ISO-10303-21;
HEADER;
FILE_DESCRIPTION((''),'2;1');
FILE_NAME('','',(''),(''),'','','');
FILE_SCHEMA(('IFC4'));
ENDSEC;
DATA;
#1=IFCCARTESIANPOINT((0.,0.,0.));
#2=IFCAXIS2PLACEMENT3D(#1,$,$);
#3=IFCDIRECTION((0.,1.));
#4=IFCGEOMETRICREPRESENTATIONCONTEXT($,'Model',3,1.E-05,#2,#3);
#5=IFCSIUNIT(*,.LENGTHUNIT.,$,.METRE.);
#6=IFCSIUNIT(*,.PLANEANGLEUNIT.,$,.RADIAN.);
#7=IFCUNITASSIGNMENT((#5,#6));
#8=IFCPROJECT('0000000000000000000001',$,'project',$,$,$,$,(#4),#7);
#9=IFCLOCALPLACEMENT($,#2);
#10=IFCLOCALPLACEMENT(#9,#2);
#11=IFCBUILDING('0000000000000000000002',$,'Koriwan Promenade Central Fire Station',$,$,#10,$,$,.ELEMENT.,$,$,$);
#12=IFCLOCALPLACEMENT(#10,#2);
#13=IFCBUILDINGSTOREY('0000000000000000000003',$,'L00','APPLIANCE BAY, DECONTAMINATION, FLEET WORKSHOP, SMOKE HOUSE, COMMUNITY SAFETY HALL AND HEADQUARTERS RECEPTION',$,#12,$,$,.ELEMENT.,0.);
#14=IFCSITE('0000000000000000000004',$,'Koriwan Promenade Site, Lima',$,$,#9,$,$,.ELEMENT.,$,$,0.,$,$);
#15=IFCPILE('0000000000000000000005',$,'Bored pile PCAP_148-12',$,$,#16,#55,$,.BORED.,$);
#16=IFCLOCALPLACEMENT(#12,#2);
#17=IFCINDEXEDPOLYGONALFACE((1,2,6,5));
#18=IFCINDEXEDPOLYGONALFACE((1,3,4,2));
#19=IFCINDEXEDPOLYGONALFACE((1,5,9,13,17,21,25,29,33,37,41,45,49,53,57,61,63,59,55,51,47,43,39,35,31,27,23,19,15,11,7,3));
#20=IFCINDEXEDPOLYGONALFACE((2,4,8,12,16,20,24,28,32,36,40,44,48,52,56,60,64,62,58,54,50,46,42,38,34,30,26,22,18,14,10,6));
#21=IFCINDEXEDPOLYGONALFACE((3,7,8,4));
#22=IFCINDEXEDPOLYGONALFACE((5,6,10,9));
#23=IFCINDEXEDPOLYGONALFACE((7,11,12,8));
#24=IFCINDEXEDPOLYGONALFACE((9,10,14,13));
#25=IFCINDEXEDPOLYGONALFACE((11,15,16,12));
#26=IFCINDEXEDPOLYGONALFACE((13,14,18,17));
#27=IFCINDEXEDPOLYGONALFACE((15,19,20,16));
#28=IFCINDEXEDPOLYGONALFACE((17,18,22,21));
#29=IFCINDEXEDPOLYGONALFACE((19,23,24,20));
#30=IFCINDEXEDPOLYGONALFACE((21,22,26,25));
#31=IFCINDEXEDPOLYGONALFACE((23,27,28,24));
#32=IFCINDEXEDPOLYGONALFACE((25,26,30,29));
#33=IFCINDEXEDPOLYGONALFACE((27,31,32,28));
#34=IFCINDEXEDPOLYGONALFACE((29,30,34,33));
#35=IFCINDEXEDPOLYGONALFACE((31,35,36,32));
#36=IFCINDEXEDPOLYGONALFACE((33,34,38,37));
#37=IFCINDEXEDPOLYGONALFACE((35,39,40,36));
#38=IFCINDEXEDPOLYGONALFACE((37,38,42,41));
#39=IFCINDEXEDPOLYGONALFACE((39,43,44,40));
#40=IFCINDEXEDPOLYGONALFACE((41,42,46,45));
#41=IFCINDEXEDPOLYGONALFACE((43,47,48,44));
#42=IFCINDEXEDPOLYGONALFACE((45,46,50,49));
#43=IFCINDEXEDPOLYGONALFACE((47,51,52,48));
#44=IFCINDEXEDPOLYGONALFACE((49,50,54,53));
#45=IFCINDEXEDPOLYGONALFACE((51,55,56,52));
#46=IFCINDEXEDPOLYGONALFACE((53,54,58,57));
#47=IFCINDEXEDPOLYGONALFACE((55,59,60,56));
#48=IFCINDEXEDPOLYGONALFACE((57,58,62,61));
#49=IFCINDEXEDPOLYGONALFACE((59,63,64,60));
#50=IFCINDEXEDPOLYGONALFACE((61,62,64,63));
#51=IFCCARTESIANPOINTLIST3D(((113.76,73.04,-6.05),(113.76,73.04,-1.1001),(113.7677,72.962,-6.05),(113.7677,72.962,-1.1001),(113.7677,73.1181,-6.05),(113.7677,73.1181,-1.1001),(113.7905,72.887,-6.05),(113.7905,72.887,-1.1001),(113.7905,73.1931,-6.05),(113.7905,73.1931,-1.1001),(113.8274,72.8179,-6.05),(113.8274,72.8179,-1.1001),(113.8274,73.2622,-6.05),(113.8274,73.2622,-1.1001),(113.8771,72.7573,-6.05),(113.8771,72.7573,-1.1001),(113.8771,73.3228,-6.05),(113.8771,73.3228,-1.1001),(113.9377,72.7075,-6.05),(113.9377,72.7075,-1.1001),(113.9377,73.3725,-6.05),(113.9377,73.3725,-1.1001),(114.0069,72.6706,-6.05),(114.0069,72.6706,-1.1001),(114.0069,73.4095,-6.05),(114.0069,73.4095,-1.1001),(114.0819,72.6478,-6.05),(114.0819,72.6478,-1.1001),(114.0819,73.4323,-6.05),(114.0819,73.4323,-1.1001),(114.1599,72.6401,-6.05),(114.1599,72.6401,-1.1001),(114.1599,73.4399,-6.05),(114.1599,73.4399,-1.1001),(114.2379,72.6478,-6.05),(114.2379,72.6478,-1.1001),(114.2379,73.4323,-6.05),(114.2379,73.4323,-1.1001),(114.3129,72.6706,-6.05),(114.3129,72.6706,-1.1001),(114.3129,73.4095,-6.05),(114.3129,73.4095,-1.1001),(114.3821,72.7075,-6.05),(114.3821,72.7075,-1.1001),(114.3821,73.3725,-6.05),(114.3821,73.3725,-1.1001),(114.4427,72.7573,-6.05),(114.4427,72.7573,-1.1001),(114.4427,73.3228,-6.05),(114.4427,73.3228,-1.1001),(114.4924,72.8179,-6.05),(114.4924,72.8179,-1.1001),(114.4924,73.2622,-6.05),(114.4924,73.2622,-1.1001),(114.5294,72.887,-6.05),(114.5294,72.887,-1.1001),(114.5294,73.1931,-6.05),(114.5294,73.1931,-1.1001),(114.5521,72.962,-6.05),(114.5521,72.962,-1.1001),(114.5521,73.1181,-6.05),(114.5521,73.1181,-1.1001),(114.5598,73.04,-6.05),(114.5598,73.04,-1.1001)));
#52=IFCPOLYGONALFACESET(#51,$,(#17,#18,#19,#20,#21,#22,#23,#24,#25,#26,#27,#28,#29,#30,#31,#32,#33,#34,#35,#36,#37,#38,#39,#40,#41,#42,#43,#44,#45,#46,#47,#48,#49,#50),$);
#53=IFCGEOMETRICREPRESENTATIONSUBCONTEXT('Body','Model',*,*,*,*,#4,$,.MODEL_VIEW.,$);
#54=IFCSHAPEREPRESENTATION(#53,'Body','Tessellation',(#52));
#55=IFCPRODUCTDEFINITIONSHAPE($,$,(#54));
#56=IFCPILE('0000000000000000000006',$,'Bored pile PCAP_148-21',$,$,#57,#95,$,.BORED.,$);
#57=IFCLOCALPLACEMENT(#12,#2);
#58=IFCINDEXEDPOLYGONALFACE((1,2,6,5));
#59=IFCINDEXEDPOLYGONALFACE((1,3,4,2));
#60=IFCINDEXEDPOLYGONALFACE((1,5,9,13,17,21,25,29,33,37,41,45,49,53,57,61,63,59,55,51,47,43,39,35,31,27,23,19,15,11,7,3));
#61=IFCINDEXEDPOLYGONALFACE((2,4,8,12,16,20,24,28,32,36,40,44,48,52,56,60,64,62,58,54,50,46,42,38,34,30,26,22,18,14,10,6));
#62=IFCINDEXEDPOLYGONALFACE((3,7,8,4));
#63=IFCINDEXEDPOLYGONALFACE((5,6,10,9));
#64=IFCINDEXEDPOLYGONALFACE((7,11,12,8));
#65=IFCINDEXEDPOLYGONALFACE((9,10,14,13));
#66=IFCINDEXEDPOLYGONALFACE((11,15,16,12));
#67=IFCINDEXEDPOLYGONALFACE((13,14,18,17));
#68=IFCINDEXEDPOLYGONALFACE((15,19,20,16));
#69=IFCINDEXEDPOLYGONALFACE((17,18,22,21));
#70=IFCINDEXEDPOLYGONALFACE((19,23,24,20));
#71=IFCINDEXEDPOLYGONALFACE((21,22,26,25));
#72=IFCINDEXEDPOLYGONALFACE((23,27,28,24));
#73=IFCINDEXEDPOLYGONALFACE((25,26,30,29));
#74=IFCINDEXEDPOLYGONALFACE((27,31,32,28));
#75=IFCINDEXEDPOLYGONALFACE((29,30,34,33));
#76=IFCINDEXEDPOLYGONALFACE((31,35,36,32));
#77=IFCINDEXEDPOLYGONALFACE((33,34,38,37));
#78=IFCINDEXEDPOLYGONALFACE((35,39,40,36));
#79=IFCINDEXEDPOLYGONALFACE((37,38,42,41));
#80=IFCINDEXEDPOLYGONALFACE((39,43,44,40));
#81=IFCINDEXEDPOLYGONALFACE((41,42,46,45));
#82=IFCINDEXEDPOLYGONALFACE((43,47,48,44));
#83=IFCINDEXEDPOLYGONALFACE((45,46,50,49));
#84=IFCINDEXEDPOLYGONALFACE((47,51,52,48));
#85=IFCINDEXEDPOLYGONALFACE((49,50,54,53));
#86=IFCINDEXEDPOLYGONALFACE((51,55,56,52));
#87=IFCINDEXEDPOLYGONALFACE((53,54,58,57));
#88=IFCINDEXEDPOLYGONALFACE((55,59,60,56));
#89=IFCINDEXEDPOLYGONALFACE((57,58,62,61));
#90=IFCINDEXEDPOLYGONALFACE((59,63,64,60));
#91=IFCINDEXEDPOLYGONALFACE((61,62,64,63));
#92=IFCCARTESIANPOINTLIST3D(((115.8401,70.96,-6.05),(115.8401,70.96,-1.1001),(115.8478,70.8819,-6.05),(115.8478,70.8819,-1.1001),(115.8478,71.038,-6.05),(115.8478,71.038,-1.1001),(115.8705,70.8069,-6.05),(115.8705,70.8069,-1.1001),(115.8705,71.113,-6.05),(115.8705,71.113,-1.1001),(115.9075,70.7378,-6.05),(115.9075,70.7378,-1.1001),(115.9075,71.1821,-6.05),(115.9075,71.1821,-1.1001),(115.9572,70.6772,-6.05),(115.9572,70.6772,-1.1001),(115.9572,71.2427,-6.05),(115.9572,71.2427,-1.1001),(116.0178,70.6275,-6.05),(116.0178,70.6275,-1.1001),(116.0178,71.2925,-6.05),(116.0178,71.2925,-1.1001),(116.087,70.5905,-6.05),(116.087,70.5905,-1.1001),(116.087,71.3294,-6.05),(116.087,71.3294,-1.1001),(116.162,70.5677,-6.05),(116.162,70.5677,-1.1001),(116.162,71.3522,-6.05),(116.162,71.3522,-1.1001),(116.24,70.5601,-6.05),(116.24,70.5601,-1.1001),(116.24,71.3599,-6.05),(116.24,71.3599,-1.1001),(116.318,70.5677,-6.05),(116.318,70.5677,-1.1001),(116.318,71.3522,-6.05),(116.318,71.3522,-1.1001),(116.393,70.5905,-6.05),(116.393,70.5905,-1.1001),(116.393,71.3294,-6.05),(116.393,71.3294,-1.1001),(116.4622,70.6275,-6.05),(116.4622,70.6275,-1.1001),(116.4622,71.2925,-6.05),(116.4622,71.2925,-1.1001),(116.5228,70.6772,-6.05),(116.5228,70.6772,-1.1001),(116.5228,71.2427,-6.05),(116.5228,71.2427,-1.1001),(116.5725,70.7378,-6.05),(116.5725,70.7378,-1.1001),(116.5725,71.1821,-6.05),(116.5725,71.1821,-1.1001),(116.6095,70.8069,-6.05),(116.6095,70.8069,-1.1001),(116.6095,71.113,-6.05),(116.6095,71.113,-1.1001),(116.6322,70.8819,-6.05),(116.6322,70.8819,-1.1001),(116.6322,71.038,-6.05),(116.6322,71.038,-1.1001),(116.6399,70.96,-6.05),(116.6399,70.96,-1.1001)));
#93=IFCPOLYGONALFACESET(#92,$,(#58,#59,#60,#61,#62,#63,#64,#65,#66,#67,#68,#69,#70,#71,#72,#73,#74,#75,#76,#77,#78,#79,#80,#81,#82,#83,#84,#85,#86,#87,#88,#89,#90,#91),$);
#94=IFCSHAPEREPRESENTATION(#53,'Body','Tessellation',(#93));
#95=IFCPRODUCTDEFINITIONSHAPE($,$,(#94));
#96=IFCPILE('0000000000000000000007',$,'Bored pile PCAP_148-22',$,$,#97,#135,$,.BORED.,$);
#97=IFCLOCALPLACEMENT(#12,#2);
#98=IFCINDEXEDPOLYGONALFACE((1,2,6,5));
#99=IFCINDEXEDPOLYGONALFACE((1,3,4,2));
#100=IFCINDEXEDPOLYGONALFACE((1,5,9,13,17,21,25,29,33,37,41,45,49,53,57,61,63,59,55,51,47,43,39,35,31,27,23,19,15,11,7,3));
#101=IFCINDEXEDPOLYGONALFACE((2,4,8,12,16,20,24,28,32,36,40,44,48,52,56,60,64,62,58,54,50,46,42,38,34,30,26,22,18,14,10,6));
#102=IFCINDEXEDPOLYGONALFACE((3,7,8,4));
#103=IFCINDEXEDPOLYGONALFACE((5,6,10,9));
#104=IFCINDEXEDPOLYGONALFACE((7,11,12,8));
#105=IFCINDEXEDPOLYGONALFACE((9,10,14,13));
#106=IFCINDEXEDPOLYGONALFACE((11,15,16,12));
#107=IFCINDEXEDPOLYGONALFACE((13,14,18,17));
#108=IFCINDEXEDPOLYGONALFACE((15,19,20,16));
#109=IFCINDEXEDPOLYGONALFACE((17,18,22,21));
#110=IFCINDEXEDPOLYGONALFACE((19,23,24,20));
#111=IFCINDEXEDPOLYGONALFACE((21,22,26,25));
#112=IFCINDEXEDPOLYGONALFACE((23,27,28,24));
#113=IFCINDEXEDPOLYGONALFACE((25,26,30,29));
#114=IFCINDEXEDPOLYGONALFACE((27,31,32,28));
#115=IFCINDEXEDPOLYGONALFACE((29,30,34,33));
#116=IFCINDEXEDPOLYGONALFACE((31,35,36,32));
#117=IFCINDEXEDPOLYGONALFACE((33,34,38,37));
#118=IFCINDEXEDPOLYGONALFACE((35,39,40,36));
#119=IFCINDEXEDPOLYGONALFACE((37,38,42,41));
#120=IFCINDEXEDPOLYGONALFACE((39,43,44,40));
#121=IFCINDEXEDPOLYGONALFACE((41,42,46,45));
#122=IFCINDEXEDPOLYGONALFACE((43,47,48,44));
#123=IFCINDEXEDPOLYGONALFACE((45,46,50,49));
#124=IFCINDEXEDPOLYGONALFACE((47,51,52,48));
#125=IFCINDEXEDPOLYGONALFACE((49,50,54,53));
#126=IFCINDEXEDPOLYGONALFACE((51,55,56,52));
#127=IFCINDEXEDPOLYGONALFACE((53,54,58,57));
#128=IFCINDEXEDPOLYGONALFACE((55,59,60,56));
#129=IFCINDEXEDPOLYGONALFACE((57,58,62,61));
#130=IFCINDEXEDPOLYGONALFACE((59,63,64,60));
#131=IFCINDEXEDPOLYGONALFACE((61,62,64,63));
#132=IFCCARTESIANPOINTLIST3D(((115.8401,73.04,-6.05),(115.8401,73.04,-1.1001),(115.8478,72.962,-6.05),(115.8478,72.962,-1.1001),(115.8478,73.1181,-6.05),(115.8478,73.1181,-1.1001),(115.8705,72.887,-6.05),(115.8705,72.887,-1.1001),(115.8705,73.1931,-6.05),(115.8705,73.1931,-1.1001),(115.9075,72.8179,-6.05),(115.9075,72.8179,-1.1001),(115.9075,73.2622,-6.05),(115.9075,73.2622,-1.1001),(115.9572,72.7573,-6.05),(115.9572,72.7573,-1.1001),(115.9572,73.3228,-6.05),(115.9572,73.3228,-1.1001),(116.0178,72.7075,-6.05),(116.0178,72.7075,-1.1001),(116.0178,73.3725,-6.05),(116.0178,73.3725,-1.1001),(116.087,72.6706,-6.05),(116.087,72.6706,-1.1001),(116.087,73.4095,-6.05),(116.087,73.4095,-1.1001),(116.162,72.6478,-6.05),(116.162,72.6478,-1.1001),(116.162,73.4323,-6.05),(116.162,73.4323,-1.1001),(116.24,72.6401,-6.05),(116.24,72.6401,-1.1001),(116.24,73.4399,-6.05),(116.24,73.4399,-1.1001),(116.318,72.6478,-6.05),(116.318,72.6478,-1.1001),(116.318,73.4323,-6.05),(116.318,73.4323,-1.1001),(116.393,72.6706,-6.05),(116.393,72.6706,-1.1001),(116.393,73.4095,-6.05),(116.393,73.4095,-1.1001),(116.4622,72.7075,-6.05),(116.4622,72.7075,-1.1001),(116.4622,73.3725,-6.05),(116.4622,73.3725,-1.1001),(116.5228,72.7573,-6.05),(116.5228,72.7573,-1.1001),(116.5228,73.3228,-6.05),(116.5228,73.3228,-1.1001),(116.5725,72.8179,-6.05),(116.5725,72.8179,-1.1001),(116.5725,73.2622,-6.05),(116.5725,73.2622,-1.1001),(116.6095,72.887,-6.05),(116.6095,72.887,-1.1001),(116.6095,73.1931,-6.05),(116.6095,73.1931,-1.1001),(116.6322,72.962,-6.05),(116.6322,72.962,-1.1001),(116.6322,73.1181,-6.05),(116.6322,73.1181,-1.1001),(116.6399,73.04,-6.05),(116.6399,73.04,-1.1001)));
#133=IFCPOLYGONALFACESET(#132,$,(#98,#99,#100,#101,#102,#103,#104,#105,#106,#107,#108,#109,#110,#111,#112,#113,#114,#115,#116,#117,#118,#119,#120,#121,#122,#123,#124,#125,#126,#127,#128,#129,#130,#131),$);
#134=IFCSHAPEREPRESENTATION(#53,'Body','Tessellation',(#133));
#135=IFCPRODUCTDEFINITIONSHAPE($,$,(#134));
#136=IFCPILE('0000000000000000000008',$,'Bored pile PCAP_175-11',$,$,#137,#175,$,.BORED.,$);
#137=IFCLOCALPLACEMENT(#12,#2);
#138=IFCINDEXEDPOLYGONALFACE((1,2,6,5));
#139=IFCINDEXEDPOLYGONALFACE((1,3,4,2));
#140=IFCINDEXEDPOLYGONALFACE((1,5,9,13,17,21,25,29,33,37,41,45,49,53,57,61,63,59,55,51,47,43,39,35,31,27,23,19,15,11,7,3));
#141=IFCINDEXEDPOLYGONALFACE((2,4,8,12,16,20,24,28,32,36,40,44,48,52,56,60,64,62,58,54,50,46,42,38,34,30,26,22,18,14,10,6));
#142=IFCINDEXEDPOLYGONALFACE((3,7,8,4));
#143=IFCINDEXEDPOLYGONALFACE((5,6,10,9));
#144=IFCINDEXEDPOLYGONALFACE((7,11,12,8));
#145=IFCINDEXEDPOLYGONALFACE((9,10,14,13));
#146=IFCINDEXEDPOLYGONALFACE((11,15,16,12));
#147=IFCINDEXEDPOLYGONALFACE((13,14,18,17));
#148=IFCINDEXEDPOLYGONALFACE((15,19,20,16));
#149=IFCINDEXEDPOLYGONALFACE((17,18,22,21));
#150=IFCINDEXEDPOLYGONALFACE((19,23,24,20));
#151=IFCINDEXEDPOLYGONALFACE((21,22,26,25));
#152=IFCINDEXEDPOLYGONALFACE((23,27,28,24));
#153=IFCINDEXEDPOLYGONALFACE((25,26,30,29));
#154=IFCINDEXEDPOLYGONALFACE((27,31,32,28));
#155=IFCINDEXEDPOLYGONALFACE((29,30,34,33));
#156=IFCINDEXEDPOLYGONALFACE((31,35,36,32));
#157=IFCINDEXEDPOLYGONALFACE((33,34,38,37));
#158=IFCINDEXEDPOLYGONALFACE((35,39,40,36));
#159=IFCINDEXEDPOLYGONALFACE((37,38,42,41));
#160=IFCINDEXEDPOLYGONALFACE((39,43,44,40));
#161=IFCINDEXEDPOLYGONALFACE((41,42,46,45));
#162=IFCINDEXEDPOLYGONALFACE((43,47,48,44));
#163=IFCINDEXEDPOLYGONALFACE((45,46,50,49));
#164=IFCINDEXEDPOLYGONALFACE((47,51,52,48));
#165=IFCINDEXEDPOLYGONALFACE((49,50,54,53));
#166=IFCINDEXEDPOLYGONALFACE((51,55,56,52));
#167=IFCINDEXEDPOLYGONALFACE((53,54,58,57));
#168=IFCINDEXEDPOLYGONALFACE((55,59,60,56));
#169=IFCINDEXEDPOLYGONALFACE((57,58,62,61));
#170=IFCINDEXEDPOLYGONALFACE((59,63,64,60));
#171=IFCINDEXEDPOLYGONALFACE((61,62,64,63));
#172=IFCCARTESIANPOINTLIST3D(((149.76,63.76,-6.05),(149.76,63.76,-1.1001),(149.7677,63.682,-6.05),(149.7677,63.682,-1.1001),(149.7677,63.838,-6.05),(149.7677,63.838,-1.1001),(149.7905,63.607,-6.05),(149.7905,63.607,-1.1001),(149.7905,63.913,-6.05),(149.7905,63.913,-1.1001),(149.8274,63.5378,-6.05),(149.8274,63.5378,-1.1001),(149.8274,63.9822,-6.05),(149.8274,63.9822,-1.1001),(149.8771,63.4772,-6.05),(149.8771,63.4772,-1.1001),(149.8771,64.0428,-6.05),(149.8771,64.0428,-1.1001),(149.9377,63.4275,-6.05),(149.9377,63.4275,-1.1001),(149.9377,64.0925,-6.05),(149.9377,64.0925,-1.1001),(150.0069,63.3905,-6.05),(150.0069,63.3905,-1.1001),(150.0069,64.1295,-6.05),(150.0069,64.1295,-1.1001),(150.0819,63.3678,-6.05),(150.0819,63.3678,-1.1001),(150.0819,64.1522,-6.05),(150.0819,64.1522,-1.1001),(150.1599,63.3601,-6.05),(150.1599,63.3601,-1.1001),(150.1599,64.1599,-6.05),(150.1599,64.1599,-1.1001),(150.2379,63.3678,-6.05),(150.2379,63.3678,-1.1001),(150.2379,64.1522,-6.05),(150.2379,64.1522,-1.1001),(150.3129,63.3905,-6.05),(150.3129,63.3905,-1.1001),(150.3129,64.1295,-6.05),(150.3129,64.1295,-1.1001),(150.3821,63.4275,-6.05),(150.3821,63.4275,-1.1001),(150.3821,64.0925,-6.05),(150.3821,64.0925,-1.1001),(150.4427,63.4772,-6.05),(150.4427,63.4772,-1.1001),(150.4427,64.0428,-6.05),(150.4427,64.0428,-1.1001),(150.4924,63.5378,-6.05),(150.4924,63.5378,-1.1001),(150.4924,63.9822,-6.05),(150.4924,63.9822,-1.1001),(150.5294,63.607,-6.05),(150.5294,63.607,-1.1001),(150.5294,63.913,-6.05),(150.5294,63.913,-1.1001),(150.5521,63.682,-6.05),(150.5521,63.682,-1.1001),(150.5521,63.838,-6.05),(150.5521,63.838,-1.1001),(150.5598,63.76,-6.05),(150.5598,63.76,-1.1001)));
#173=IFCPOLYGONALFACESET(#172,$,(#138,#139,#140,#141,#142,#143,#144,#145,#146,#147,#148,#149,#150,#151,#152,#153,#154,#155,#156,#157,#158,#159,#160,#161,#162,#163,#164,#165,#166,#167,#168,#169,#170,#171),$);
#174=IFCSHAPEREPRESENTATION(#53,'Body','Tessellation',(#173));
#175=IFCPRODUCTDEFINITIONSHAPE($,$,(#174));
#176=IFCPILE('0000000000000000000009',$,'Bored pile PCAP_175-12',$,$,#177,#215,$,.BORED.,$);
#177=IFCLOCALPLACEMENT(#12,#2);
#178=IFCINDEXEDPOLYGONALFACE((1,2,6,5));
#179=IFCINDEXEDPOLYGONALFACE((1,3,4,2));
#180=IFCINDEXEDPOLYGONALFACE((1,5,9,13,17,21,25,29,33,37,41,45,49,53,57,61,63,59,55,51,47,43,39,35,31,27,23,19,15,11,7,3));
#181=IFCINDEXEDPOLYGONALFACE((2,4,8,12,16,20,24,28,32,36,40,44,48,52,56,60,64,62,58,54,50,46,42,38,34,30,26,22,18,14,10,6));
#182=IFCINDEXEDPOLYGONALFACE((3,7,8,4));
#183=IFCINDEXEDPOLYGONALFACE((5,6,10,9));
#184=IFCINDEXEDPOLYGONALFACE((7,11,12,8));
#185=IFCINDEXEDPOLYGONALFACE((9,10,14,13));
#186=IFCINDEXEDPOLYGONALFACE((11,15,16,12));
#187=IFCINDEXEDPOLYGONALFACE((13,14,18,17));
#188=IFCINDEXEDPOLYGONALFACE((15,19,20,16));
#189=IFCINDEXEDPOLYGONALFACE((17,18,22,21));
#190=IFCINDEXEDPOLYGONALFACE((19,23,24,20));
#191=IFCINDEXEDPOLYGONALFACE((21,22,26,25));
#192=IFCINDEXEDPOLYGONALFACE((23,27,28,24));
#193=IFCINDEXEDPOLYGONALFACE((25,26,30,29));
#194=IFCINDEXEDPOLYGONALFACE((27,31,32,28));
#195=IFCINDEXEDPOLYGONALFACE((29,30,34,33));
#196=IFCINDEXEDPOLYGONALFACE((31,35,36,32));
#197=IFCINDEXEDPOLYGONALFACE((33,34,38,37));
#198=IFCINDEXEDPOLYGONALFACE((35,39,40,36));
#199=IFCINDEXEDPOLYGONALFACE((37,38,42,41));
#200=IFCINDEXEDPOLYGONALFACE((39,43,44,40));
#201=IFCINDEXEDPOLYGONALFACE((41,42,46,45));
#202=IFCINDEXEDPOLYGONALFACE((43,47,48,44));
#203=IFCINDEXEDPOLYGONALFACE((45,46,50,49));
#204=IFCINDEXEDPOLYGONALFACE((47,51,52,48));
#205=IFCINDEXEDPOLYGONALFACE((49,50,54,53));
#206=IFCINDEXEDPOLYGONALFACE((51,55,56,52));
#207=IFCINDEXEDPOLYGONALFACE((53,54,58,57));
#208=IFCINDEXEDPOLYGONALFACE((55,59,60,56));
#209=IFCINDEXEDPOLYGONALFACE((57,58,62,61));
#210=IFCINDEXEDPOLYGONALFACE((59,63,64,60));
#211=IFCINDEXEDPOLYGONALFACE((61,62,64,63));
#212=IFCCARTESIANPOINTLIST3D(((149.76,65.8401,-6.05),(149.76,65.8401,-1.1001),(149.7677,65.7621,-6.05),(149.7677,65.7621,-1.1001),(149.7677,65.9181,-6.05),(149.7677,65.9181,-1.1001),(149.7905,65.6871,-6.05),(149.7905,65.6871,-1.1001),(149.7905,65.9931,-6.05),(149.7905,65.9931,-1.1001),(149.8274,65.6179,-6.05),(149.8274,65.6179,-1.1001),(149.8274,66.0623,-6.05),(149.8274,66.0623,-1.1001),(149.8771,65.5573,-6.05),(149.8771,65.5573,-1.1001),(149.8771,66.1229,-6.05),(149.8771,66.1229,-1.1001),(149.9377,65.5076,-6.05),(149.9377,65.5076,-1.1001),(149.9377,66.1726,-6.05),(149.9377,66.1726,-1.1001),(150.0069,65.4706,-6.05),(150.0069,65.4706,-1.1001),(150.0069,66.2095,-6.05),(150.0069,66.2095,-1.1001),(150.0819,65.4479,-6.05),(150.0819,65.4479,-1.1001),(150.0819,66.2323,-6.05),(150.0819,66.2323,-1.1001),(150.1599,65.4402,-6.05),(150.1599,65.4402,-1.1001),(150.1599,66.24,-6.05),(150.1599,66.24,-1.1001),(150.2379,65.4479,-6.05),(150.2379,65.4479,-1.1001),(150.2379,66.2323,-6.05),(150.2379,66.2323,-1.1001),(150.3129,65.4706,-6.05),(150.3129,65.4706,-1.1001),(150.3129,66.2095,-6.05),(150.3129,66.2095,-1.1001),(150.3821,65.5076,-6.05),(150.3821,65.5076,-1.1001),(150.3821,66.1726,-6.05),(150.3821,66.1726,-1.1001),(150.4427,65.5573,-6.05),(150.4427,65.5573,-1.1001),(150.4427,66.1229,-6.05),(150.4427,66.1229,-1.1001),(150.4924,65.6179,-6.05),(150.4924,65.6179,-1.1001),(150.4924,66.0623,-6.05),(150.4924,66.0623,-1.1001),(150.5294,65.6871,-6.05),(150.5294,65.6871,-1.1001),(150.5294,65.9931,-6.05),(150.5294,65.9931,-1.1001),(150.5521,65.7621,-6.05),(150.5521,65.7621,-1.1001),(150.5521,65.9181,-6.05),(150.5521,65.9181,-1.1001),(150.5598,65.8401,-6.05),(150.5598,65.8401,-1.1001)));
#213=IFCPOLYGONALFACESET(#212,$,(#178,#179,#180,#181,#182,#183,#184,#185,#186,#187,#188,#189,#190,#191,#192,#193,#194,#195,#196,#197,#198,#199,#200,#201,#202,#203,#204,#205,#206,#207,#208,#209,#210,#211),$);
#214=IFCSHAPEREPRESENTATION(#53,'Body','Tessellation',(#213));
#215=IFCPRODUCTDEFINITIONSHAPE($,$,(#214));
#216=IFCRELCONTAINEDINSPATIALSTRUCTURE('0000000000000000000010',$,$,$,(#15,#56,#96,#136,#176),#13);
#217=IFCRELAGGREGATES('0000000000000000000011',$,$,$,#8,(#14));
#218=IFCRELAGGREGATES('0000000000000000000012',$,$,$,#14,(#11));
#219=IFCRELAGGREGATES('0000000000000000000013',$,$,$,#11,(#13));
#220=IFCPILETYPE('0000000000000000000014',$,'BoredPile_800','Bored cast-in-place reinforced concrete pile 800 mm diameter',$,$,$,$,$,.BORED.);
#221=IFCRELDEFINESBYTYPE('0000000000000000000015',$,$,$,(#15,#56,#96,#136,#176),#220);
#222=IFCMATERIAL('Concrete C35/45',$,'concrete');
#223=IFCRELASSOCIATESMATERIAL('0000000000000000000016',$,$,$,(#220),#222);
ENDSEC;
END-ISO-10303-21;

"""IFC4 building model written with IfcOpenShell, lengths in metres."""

from ifc_helpers import new_model, si_unit, direction, frame, origin, origin_2d, place, context, subcontext, project, spatial, circle, extrude, material, material_profile, profile_set, type_object, element, save


model = new_model("IFC4")

# Units and contexts
model_context = context("Model", 3, precision=1e-05, world=origin(), true_north=direction((0.0, 1.0)))
body_context = subcontext(model_context, "Body", "Model", "MODEL_VIEW")
ifc_project = project(units=[si_unit("LENGTHUNIT", "METRE"), si_unit("PLANEANGLEUNIT", "RADIAN")], contexts=[model_context])

# Site, building, storey
site_placement = place(None, origin())
site = spatial("IfcSite", under=ifc_project, at=site_placement, Name="Koriwan Promenade Site, Lima", CompositionType="ELEMENT", RefElevation=0.0)
building_placement = place(site_placement, origin())
building = spatial("IfcBuilding", under=site, at=building_placement, Name="Koriwan Promenade Central Fire Station", CompositionType="ELEMENT")
storey_placement = place(building_placement, origin())
storey = spatial("IfcBuildingStorey", under=building, at=storey_placement, Name="L00", Description="APPLIANCE BAY, DECONTAMINATION, FLEET WORKSHOP, SMOKE HOUSE, COMMUNITY SAFETY HALL AND HEADQUARTERS RECEPTION", CompositionType="ELEMENT", Elevation=0.0)

# Piles
ifc_material_1 = material(Name="Concrete C35/45", Category="concrete")
ifc_material_profile_1 = material_profile(ifc_material_1, circle(Radius=0.3999, at=origin_2d()), Name="PILE-D800")
ifc_profile_set_1 = profile_set([ifc_material_profile_1], Name="Concrete C35/45")
pile_type = type_object("IfcPileType", Name="BoredPile_800", Description="Bored cast-in-place reinforced concrete pile 800 mm diameter", PredefinedType="BORED", material=ifc_profile_set_1)
for number, where, z_axis, x_axis, name in (
    (1, (114.1599, 73.04, -1.1001), (0.0, 0.0, -1.0), (1.0, 0.0, 0.0), "Bored pile PCAP_148-12"),
    (2, (116.24, 70.96, -1.1001), (0.0, 0.0, -1.0), (1.0, 0.0, 0.0), "Bored pile PCAP_148-21"),
    (3, (116.24, 73.04, -1.1001), (0.0, 0.0, -1.0), (1.0, 0.0, 0.0), "Bored pile PCAP_148-22"),
    (4, (150.1599, 63.76, -1.1001), (0.0, 0.0, -1.0), (1.0, 0.0, 0.0), "Bored pile PCAP_175-11"),
    (5, (150.1599, 65.8401, -1.1001), (0.0, 0.0, -1.0), (1.0, 0.0, 0.0), "Bored pile PCAP_175-12"),
):
    element("IfcPile", number, at=place(storey_placement, frame(where, z_axis=z_axis, x_axis=x_axis)), inside=storey, type_object=pile_type, Name=name, PredefinedType="BORED", context=body_context, shape_type="SweptSolid", body=[
        extrude(circle(Radius=0.3999, at=origin_2d()), origin(), (0.0, 0.0, 1.0), 4.95),
    ])

save(model, "model.ifc")
